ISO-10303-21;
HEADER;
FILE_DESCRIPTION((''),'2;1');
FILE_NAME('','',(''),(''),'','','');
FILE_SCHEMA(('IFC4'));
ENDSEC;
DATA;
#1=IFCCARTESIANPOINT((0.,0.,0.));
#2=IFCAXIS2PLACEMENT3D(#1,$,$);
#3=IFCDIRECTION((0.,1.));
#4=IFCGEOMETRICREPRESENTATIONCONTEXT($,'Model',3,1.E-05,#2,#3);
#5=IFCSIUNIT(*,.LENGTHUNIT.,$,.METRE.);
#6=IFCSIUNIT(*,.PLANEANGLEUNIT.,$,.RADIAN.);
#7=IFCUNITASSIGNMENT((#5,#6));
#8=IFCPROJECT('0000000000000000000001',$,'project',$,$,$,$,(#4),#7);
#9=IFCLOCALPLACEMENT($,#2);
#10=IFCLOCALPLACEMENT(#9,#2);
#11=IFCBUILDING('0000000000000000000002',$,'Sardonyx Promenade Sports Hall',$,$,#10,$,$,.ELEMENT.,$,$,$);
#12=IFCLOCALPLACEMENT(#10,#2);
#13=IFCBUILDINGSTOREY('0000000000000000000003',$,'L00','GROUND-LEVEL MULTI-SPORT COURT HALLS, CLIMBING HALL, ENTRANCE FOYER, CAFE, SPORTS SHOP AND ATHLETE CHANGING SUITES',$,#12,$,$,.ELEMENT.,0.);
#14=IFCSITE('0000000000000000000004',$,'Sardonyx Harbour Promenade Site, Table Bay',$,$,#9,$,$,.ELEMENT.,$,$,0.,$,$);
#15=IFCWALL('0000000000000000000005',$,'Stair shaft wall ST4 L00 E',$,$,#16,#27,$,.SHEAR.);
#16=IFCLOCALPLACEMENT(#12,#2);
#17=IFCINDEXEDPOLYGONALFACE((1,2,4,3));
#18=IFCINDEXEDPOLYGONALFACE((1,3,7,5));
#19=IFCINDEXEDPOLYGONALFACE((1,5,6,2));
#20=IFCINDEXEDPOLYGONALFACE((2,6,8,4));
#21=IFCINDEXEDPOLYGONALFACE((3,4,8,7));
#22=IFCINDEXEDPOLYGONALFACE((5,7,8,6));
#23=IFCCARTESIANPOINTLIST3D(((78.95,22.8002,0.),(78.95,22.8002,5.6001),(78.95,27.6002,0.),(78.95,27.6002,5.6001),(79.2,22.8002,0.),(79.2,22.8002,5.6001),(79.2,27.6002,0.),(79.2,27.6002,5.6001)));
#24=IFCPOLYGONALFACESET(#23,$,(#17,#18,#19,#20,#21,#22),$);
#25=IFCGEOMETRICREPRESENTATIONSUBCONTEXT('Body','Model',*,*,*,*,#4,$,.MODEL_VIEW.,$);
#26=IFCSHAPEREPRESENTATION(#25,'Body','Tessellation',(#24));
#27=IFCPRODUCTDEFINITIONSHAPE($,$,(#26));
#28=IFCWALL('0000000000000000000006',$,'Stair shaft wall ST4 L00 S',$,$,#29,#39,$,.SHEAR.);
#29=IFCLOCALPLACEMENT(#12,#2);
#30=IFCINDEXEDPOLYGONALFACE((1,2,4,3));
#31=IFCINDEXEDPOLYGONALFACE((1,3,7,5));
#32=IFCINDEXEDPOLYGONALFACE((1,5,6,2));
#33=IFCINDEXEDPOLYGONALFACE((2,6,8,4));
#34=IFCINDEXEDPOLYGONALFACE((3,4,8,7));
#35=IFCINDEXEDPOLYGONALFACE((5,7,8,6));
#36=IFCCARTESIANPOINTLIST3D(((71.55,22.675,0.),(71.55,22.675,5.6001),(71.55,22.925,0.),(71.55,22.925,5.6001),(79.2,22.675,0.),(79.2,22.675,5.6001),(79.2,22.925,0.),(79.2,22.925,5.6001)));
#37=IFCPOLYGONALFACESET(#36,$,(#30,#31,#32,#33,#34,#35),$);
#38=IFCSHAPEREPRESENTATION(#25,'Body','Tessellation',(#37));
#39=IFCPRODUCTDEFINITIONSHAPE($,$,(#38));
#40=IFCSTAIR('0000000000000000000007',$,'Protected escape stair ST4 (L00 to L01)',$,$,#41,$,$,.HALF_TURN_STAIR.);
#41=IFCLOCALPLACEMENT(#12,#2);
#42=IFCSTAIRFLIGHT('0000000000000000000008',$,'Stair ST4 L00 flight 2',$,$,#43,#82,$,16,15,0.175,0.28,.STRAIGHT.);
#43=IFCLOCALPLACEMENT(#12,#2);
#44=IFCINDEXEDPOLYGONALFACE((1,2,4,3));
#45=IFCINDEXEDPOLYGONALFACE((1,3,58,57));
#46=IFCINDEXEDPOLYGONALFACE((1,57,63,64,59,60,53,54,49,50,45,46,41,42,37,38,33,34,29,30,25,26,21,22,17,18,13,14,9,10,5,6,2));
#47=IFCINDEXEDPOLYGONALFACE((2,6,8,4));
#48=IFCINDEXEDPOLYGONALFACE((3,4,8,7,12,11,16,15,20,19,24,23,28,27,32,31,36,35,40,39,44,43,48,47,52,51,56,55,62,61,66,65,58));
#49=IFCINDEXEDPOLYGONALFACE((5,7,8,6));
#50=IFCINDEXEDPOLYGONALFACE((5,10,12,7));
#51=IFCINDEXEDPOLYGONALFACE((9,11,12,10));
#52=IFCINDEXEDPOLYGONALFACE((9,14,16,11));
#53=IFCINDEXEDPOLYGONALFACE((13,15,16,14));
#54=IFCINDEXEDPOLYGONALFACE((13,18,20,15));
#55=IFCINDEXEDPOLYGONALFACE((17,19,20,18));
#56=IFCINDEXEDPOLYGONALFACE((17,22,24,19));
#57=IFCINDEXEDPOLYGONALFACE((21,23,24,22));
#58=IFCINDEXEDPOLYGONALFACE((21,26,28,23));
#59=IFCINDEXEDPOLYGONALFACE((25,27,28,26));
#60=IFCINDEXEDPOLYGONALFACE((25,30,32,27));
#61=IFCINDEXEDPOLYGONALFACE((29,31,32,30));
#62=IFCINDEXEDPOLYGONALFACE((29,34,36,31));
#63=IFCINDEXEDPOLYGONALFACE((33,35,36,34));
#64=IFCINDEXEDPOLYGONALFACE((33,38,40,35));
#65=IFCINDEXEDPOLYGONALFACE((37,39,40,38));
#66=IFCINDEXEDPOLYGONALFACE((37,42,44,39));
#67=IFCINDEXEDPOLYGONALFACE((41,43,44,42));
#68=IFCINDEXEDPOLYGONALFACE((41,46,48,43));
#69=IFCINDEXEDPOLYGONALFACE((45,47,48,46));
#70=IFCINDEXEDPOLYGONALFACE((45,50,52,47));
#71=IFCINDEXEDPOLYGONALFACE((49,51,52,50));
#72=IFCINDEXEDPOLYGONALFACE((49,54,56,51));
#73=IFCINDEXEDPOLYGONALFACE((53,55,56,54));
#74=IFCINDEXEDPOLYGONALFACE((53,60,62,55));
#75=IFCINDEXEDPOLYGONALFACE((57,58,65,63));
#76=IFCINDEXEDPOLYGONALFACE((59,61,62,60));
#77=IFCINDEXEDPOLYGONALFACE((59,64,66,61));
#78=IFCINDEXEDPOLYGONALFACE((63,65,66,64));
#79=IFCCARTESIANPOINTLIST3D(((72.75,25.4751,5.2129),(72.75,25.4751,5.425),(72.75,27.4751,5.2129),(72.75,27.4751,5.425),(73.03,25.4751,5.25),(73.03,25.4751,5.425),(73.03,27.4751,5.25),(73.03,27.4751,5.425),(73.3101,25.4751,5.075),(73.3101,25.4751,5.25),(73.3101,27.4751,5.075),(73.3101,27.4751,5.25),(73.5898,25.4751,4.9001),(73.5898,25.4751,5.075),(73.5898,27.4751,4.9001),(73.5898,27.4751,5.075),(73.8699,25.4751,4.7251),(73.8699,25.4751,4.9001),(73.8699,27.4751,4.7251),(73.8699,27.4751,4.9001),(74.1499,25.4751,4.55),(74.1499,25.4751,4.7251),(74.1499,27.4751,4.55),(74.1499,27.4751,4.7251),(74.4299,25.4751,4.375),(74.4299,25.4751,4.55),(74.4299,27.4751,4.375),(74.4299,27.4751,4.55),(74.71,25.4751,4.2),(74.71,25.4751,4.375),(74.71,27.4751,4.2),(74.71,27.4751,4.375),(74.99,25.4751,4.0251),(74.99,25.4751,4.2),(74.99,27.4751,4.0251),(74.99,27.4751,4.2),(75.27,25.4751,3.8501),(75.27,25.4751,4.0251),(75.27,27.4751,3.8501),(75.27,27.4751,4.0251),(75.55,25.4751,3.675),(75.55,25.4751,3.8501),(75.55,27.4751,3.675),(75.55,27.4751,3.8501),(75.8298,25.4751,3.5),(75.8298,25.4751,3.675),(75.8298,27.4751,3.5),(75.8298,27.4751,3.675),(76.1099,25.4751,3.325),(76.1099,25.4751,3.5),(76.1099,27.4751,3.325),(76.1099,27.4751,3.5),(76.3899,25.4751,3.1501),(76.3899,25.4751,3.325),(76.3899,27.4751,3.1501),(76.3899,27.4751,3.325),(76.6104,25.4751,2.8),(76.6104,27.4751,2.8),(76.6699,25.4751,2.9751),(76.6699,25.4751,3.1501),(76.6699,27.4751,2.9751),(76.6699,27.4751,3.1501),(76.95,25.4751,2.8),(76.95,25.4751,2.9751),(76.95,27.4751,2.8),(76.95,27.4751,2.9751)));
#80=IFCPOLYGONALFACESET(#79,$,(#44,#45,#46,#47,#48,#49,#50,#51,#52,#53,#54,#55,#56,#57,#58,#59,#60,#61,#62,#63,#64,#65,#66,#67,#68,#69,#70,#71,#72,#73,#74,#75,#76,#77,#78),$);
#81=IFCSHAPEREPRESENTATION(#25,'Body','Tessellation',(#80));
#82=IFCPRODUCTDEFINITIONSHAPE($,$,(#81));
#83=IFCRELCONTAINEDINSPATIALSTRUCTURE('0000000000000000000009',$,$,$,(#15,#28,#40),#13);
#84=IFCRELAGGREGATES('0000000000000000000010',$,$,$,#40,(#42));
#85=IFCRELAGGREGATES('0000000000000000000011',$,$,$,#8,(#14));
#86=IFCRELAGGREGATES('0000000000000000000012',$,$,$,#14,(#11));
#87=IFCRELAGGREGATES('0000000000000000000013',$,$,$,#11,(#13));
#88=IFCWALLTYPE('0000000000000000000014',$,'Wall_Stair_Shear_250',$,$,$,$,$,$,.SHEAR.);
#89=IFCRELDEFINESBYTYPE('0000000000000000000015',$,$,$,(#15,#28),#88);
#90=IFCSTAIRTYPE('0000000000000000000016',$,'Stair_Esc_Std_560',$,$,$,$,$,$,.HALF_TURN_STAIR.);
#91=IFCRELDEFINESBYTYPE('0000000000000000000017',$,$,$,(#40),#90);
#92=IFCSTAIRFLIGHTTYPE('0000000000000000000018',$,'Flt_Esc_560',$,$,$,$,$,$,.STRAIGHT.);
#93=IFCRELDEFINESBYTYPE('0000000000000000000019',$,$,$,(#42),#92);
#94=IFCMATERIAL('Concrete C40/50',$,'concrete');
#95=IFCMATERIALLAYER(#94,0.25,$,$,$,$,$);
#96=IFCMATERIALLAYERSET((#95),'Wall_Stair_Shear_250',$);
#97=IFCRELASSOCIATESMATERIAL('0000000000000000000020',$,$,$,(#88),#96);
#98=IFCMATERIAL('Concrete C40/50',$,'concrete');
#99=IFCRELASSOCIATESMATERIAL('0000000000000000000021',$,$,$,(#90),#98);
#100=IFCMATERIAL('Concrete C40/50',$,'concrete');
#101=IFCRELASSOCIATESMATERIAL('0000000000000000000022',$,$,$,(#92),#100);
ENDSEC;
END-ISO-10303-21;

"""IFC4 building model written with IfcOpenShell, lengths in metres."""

from ifc_helpers import new_model, si_unit, direction, frame, frame_2d, origin, place, context, subcontext, project, spatial, polyline, rectangle, outline, extrude, material, layer, layer_set, type_object, element, aggregate, save


model = new_model("IFC4")

# Units and contexts
model_context = context("Model", 3, precision=1e-05, world=origin(), true_north=direction((0.0, 1.0)))
body_context = subcontext(model_context, "Body", "Model", "MODEL_VIEW")
ifc_project = project(units=[si_unit("LENGTHUNIT", "METRE"), si_unit("PLANEANGLEUNIT", "RADIAN")], contexts=[model_context])

# Site, building, storey
site_placement = place(None, origin())
site = spatial("IfcSite", under=ifc_project, at=site_placement, Name="Sardonyx Harbour Promenade Site, Table Bay", CompositionType="ELEMENT", RefElevation=0.0)
building_placement = place(site_placement, origin())
building = spatial("IfcBuilding", under=site, at=building_placement, Name="Sardonyx Promenade Sports Hall", CompositionType="ELEMENT")
storey_placement = place(building_placement, origin())
storey = spatial("IfcBuildingStorey", under=building, at=storey_placement, Name="L00", Description="GROUND-LEVEL MULTI-SPORT COURT HALLS, CLIMBING HALL, ENTRANCE FOYER, CAFE, SPORTS SHOP AND ATHLETE CHANGING SUITES", CompositionType="ELEMENT", Elevation=0.0)

# Walls
ifc_material_1 = material(Name="Concrete C40/50", Category="concrete")
ifc_layer_1 = layer(ifc_material_1, 0.25)
ifc_layer_set_1 = layer_set([ifc_layer_1], Name="Wall_Stair_Shear_250")
wall_type_1 = type_object("IfcWallType", Name="Wall_Stair_Shear_250", PredefinedType="SHEAR", material=ifc_layer_set_1)
wall_1_placement = place(storey_placement, frame((79.075, 27.6001, 0.0), z_axis=(0.0, 0.0, 1.0), x_axis=(0.0, -1.0, 0.0)))
element("IfcWall", 1, at=wall_1_placement, inside=storey, type_object=wall_type_1, Name="Stair shaft wall ST4 L00 E", PredefinedType="SHEAR", context=body_context, shape_type="SweptSolid", body=[
    extrude(rectangle(XDim=4.8, YDim=0.25, at=frame_2d((2.3999, 0.0))), origin(), (0.0, 0.0, 1.0), 5.6001),
])
wall_2_placement = place(storey_placement, frame((79.2, 22.8, 0.0), z_axis=(0.0, 0.0, 1.0), x_axis=(-1.0, 0.0, 0.0)))
element("IfcWall", 2, at=wall_2_placement, inside=storey, type_object=wall_type_1, Name="Stair shaft wall ST4 L00 S", PredefinedType="SHEAR", context=body_context, shape_type="SweptSolid", body=[
    extrude(rectangle(XDim=7.6499, YDim=0.25, at=frame_2d((3.825, 0.0))), origin(), (0.0, 0.0, 1.0), 5.6001),
])

# Stair, stair flight
ifc_material_2 = material(Name="Concrete C40/50", Category="concrete")
stair_type = type_object("IfcStairType", Name="Stair_Esc_Std_560", PredefinedType="HALF_TURN_STAIR", material=ifc_material_2)
stair_placement = place(storey_placement, origin())
stair = element("IfcStair", 3, at=stair_placement, inside=storey, type_object=stair_type, Name="Protected escape stair ST4 (L00 to L01)", PredefinedType="HALF_TURN_STAIR")
ifc_material_3 = material(Name="Concrete C40/50", Category="concrete")
stair_flight_type = type_object("IfcStairFlightType", Name="Flt_Esc_560", PredefinedType="STRAIGHT", material=ifc_material_3)
stair_flight_placement = place(storey_placement, frame((76.95, 26.4751, 2.8), z_axis=(0.0, 0.0, 1.0), x_axis=(-1.0, 0.0, 0.0)))
stair_flight = element("IfcStairFlight", 4, at=stair_flight_placement, type_object=stair_flight_type, Name="Stair ST4 L00 flight 2", NumberOfRisers=16, NumberOfTreads=15, PredefinedType="STRAIGHT", RiserHeight=0.175, TreadLength=0.28, context=body_context, shape_type="SweptSolid", body=[
    extrude(outline(polyline([(0.0, 0.0), (0.0, 0.175), (0.28, 0.175), (0.28, 0.3501), (0.5601, 0.3501), (0.5601, 0.5249), (0.8401, 0.5249), (0.8401, 0.7), (1.1201, 0.7), (1.1201, 0.875), (1.3999, 0.875), (1.3999, 1.05), (1.6799, 1.05), (1.6799, 1.2251), (1.96, 1.2251), (1.96, 1.3999), (2.24, 1.3999), (2.24, 1.575), (2.52, 1.575), (2.52, 1.75), (2.8, 1.75), (2.8, 1.925), (3.0801, 1.925), (3.0801, 2.1001), (3.3601, 2.1001), (3.3601, 2.2749), (3.6399, 2.2749), (3.6399, 2.45), (3.9199, 2.45), (3.9199, 2.625), (4.2, 2.625), (4.2, 2.8), (4.2, 2.4128), (0.3396, 0.0), (0.0, 0.0)])), frame((0.0, 1.0, 0.0), z_axis=(0.0, -1.0, 0.0), x_axis=(1.0, 0.0, 0.0)), (0.0, 0.0, 1.0), 2.0),
])
aggregate(stair, [stair_flight])

save(model, "model.ifc")
